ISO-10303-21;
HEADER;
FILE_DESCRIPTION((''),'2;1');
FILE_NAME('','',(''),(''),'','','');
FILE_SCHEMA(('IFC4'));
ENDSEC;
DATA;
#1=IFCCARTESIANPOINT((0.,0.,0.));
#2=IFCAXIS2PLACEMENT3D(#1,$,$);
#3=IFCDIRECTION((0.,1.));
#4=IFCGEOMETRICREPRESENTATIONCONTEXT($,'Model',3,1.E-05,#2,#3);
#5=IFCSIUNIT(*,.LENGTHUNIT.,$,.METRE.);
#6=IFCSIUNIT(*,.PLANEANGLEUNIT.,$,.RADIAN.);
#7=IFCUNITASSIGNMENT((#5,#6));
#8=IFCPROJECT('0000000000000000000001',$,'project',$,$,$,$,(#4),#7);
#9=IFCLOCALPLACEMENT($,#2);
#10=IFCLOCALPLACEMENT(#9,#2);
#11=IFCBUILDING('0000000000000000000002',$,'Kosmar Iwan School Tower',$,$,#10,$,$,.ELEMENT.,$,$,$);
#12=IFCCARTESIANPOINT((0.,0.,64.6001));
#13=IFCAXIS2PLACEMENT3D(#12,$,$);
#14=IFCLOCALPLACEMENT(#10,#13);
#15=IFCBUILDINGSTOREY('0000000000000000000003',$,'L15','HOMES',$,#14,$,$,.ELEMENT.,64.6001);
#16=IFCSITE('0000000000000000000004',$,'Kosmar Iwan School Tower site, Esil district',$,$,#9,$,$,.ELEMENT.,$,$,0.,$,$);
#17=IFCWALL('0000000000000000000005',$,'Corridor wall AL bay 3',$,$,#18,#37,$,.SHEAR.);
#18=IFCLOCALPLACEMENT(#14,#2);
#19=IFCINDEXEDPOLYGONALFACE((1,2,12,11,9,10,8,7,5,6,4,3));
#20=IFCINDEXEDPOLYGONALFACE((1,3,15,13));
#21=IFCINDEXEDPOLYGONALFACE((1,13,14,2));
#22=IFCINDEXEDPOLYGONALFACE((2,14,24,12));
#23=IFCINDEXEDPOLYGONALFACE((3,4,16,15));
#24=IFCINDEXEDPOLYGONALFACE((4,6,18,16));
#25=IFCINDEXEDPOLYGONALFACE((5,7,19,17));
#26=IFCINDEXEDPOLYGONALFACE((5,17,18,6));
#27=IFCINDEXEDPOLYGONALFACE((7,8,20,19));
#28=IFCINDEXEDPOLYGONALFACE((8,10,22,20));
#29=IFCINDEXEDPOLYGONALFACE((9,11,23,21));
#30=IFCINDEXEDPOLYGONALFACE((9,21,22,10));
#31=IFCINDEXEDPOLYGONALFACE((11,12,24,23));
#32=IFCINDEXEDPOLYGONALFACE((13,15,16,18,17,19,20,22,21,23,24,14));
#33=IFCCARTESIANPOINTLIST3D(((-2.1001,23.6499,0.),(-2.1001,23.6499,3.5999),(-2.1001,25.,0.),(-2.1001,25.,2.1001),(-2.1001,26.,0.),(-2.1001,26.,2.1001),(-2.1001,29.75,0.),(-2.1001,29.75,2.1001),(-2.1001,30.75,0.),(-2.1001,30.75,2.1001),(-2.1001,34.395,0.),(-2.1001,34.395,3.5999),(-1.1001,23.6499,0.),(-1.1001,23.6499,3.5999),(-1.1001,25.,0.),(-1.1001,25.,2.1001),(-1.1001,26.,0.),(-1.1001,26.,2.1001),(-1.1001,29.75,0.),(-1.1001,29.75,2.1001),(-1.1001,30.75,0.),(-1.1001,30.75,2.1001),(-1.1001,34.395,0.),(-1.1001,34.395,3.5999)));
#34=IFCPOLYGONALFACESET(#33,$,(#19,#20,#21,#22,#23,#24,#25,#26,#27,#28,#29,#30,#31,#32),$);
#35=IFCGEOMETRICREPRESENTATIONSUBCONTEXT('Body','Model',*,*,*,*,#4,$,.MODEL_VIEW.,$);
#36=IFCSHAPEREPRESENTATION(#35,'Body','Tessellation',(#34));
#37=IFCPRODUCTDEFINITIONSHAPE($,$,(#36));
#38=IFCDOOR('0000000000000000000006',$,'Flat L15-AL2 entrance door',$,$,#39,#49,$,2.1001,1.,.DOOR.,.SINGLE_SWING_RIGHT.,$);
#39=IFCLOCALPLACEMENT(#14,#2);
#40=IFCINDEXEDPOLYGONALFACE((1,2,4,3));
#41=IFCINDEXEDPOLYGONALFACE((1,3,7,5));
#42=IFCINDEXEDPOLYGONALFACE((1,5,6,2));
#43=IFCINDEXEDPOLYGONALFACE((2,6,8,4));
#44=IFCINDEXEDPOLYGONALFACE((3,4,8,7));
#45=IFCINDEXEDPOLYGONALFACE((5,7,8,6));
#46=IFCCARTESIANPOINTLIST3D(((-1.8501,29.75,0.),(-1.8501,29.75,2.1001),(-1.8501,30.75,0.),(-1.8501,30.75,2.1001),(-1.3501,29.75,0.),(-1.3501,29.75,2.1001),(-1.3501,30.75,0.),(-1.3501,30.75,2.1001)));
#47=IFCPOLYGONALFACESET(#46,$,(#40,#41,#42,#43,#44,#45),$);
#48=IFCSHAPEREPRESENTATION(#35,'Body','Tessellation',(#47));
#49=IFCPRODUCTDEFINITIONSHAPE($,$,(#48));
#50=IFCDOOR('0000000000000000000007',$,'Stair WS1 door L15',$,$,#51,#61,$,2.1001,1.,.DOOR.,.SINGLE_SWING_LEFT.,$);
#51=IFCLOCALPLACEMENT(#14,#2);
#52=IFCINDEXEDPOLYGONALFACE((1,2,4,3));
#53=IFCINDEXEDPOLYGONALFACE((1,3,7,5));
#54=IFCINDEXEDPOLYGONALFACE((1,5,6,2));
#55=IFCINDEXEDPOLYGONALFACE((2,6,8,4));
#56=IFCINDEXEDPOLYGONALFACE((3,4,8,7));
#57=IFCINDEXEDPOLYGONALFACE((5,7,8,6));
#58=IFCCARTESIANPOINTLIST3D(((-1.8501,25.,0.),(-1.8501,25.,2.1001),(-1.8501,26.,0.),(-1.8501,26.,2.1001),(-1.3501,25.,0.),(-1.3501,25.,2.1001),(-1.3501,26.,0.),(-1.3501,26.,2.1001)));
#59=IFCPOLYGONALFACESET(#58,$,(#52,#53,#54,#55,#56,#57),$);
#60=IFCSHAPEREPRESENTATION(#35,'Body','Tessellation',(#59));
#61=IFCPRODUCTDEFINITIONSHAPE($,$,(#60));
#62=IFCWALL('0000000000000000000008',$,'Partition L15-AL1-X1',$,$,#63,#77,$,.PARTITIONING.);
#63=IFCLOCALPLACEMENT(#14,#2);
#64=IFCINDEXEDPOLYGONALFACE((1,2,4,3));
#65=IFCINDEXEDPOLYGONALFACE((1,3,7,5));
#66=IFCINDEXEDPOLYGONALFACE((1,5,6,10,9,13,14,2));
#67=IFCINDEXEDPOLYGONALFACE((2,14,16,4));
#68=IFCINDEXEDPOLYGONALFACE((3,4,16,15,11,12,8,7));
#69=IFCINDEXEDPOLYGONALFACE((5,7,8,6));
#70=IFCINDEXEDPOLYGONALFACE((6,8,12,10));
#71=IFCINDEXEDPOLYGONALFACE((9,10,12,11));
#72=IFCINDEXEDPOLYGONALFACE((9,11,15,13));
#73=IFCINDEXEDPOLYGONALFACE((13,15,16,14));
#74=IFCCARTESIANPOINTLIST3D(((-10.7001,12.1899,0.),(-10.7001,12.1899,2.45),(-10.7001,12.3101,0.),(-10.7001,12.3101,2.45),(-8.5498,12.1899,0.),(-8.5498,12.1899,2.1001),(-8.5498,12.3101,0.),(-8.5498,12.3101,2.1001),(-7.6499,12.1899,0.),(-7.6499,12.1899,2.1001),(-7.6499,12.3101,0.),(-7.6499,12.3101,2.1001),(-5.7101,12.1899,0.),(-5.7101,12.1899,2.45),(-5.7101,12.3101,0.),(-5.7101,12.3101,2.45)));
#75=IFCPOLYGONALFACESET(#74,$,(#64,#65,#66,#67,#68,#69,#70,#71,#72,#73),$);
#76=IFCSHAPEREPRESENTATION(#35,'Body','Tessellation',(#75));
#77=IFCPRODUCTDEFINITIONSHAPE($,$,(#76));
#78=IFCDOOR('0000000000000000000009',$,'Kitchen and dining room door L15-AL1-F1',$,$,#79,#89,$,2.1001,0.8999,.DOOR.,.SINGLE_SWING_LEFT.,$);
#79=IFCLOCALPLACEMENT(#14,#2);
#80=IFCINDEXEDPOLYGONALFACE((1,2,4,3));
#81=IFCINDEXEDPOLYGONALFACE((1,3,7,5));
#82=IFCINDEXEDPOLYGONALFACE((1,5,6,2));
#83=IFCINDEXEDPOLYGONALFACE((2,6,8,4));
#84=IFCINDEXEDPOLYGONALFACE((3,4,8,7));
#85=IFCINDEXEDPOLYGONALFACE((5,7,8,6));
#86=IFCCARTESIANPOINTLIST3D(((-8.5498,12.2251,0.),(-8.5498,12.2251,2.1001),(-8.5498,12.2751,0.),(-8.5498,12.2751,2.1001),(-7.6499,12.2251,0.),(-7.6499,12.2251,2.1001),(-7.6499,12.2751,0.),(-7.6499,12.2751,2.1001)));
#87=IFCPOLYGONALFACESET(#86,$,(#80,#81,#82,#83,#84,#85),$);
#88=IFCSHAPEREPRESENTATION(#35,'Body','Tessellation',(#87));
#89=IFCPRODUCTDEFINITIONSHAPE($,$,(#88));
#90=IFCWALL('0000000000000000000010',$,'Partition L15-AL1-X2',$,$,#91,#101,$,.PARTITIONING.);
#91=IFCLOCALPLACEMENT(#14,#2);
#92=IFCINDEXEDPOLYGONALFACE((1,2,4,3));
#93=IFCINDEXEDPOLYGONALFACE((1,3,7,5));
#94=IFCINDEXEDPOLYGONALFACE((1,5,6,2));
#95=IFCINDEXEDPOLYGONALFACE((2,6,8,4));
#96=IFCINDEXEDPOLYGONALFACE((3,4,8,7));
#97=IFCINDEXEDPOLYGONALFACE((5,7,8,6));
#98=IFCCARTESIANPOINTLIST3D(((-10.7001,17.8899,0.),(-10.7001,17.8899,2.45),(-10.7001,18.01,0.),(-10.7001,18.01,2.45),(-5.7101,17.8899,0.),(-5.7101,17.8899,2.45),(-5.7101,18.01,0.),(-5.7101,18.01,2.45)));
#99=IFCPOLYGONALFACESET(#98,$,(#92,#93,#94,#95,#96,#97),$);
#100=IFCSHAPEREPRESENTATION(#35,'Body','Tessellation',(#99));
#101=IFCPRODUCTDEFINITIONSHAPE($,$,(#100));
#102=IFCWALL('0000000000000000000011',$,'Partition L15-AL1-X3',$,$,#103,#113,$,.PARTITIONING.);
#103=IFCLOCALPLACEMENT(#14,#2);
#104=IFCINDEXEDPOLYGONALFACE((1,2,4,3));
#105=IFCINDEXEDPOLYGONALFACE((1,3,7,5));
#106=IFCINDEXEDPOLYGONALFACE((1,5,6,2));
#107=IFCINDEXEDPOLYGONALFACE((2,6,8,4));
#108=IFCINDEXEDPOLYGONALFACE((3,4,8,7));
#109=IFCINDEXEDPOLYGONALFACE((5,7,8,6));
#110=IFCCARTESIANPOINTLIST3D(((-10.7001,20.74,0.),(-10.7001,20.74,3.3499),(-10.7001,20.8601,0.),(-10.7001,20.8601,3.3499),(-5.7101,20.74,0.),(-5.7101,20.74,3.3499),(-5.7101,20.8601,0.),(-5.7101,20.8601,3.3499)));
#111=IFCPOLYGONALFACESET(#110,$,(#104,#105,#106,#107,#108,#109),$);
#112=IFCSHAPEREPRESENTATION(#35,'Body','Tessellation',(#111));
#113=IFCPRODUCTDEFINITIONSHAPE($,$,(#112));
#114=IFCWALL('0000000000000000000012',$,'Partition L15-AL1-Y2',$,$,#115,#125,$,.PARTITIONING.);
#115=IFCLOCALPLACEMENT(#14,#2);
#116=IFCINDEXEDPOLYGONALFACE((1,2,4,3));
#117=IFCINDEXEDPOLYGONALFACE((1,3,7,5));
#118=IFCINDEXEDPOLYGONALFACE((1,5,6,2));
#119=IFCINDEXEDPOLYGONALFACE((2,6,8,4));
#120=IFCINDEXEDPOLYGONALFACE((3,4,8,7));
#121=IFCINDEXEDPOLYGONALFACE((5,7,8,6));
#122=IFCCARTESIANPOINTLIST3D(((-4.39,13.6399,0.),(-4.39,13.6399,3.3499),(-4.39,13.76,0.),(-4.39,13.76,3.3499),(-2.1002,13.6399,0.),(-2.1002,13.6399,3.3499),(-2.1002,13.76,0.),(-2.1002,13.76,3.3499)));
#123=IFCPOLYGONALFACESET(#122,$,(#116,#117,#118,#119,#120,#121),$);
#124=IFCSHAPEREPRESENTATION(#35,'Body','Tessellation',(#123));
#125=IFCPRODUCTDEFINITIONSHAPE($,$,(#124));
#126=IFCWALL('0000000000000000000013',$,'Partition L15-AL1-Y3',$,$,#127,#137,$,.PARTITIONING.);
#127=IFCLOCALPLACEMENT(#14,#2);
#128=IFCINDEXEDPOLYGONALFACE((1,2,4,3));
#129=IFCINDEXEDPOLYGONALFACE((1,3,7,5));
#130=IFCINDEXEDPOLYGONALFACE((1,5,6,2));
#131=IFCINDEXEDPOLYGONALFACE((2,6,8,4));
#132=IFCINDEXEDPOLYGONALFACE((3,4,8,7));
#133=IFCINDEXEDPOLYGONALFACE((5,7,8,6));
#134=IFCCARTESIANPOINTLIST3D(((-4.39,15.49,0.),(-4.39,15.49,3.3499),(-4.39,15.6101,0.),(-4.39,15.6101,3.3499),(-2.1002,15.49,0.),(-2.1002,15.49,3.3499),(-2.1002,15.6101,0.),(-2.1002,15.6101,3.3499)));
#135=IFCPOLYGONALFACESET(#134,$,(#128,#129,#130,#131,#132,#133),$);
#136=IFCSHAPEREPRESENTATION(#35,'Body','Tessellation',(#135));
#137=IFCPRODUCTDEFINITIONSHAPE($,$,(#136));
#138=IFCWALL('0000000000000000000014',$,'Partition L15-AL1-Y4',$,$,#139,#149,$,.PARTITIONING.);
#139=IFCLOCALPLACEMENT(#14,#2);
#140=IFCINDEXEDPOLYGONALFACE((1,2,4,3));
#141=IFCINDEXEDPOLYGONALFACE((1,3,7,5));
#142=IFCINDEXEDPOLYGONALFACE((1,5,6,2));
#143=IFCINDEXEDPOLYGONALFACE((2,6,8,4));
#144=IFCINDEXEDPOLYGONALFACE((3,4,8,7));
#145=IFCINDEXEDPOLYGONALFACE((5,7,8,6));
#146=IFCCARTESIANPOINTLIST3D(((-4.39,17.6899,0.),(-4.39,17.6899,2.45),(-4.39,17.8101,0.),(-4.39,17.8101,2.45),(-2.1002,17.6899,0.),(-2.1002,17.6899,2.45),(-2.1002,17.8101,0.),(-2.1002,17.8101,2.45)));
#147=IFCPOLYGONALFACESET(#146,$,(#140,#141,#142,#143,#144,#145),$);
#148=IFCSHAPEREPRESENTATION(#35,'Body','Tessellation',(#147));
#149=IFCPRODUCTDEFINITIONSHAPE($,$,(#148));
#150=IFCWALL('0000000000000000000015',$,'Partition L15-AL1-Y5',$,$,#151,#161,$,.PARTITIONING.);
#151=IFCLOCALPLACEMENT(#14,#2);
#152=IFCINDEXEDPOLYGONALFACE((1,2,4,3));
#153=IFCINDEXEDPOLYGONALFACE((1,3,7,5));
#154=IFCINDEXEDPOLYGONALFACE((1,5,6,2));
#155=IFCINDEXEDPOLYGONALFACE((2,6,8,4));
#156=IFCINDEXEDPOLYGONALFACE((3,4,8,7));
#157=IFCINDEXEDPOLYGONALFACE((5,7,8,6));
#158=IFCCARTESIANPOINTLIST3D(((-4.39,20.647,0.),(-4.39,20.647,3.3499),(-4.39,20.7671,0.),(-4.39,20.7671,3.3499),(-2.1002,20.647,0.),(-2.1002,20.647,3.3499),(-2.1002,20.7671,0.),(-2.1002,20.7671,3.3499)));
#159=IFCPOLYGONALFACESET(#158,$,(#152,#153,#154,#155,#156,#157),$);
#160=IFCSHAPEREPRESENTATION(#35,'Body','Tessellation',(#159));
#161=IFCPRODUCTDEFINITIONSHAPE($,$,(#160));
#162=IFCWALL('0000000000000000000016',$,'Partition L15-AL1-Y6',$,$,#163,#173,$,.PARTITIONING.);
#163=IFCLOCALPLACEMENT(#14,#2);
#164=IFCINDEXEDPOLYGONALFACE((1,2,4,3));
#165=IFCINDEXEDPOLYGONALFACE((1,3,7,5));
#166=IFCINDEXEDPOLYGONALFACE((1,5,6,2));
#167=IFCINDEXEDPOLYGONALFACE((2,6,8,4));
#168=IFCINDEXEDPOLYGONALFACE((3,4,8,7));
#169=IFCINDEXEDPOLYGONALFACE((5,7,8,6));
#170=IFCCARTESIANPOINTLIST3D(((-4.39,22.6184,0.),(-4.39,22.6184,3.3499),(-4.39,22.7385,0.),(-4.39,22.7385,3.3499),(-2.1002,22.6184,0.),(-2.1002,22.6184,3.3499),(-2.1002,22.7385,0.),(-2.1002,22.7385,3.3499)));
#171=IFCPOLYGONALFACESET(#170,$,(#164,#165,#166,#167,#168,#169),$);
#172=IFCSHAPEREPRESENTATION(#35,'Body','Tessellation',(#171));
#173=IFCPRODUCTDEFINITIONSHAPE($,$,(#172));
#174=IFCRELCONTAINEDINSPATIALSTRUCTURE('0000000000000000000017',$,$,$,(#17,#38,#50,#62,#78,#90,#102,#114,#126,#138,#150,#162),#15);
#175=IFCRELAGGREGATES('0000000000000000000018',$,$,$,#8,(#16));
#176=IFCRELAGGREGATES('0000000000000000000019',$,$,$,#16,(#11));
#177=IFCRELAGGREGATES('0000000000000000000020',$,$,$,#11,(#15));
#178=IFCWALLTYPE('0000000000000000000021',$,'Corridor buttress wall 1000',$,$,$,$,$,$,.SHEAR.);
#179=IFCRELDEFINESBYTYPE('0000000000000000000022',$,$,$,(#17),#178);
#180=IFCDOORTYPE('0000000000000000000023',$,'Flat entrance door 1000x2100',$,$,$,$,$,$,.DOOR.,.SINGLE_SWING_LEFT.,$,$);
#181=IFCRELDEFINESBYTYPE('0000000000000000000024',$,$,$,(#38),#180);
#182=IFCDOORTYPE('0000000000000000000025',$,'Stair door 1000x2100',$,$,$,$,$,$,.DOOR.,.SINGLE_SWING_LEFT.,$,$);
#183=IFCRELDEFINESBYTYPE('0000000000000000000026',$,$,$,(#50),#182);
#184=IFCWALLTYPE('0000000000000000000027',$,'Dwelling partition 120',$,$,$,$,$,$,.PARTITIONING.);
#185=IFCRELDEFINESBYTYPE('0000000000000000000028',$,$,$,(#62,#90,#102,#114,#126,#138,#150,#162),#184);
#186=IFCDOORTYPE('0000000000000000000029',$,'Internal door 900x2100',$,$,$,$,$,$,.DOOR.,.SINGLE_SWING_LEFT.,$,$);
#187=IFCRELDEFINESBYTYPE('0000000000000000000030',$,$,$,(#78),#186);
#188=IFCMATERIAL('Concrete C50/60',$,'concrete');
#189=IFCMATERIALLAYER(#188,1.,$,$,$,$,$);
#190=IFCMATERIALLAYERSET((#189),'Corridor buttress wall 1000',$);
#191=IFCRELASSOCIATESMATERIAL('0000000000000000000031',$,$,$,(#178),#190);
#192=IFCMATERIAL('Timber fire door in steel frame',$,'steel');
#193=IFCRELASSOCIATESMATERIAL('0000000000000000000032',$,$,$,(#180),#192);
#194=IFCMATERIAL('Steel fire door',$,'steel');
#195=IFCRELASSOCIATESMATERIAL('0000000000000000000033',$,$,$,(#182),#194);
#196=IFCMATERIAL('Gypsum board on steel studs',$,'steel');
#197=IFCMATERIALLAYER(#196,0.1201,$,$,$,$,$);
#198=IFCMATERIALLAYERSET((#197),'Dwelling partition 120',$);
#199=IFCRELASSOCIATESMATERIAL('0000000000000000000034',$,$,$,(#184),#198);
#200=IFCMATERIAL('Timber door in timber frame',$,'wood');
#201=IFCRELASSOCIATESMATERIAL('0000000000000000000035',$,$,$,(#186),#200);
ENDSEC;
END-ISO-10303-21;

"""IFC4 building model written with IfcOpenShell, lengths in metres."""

from ifc_helpers import new_model, si_unit, direction, frame, frame_2d, origin, place, context, subcontext, project, spatial, rectangle, extrude, material, layer, layer_set, type_object, element, fill, save


model = new_model("IFC4")

# Units and contexts
model_context = context("Model", 3, precision=1e-05, world=origin(), true_north=direction((0.0, 1.0)))
body_context = subcontext(model_context, "Body", "Model", "MODEL_VIEW")
ifc_project = project(units=[si_unit("LENGTHUNIT", "METRE"), si_unit("PLANEANGLEUNIT", "RADIAN")], contexts=[model_context])

# Site, building, storey
site_placement = place(None, origin())
site = spatial("IfcSite", under=ifc_project, at=site_placement, Name="Kosmar Iwan School Tower site, Esil district", CompositionType="ELEMENT", RefElevation=0.0)
building_placement = place(site_placement, origin())
building = spatial("IfcBuilding", under=site, at=building_placement, Name="Kosmar Iwan School Tower", CompositionType="ELEMENT")
storey_placement = place(building_placement, frame((0.0, 0.0, 64.6001)))
storey = spatial("IfcBuildingStorey", under=building, at=storey_placement, Name="L15", Description="HOMES", CompositionType="ELEMENT", Elevation=64.6001)

# Shared definitions
ifc_material_1 = material(Name="Concrete C50/60", Category="concrete")
ifc_layer_1 = layer(ifc_material_1, 1.0)
ifc_layer_set_1 = layer_set([ifc_layer_1], Name="Corridor buttress wall 1000")
wall_type_1 = type_object("IfcWallType", Name="Corridor buttress wall 1000", PredefinedType="SHEAR", material=ifc_layer_set_1)

# Wall, openings, doors
wall_1_placement = place(storey_placement, frame((-1.6001, 23.6499, 0.0), z_axis=(0.0, 0.0, 1.0), x_axis=(0.0, 1.0, 0.0)))
wall_1 = element("IfcWall", 1, at=wall_1_placement, inside=storey, type_object=wall_type_1, Name="Corridor wall AL bay 3", PredefinedType="SHEAR", context=body_context, shape_type="SweptSolid", body=[
    extrude(rectangle(XDim=10.7451, YDim=1.0, at=frame_2d((5.3726, 0.0))), origin(), (0.0, 0.0, 1.0), 3.5999),
])
opening_1_placement = place(wall_1_placement, frame((6.1001, 0.0, 0.0)))
opening_1 = element("IfcOpeningElement", 2, at=opening_1_placement, cuts=wall_1, PredefinedType="OPENING", context=body_context, shape_type="SweptSolid", body=[
    extrude(rectangle(XDim=1.0, YDim=2.1001, at=frame_2d((0.5, 1.05))), frame((0.0, 0.512, 0.0), z_axis=(0.0, -1.0, 0.0), x_axis=(1.0, 0.0, 0.0)), (0.0, 0.0, 1.0), 1.0239),
])
opening_2_placement = place(wall_1_placement, frame((1.3501, 0.0, 0.0)))
opening_2 = element("IfcOpeningElement", 3, at=opening_2_placement, cuts=wall_1, PredefinedType="OPENING", context=body_context, shape_type="SweptSolid", body=[
    extrude(rectangle(XDim=1.0, YDim=2.1001, at=frame_2d((0.5, 1.05))), frame((0.0, 0.512, 0.0), z_axis=(0.0, -1.0, 0.0), x_axis=(1.0, 0.0, 0.0)), (0.0, 0.0, 1.0), 1.0239),
])
ifc_material_2 = material(Name="Timber fire door in steel frame", Category="steel")
door_type_1 = type_object("IfcDoorType", Name="Flat entrance door 1000x2100", OperationType="SINGLE_SWING_LEFT", PredefinedType="DOOR", material=ifc_material_2)
door_1_placement = place(opening_1_placement, origin())
door_1 = element("IfcDoor", 4, at=door_1_placement, inside=storey, type_object=door_type_1, Name="Flat L15-AL2 entrance door", OperationType="SINGLE_SWING_RIGHT", OverallHeight=2.1001, OverallWidth=1.0, PredefinedType="DOOR", context=body_context, shape_type="SweptSolid", body=[
    extrude(rectangle(XDim=1.0, YDim=2.1001, at=frame_2d((0.5, 1.05))), frame((0.0, 0.25, 0.0), z_axis=(0.0, -1.0, 0.0), x_axis=(1.0, 0.0, 0.0)), (0.0, 0.0, 1.0), 0.5),
])
fill(opening_1, door_1)
ifc_material_3 = material(Name="Steel fire door", Category="steel")
door_type_2 = type_object("IfcDoorType", Name="Stair door 1000x2100", OperationType="SINGLE_SWING_LEFT", PredefinedType="DOOR", material=ifc_material_3)
door_2_placement = place(opening_2_placement, origin())
door_2 = element("IfcDoor", 5, at=door_2_placement, inside=storey, type_object=door_type_2, Name="Stair WS1 door L15", OperationType="SINGLE_SWING_LEFT", OverallHeight=2.1001, OverallWidth=1.0, PredefinedType="DOOR", context=body_context, shape_type="SweptSolid", body=[
    extrude(rectangle(XDim=1.0, YDim=2.1001, at=frame_2d((0.5, 1.05))), frame((0.0, 0.25, 0.0), z_axis=(0.0, -1.0, 0.0), x_axis=(1.0, 0.0, 0.0)), (0.0, 0.0, 1.0), 0.5),
])
fill(opening_2, door_2)

# Wall, opening, door
ifc_material_4 = material(Name="Gypsum board on steel studs", Category="steel")
ifc_layer_2 = layer(ifc_material_4, 0.1201)
ifc_layer_set_2 = layer_set([ifc_layer_2], Name="Dwelling partition 120")
wall_type_2 = type_object("IfcWallType", Name="Dwelling partition 120", PredefinedType="PARTITIONING", material=ifc_layer_set_2)
wall_2_placement = place(storey_placement, frame((-5.71, 12.25, 0.0), z_axis=(0.0, 0.0, 1.0), x_axis=(-1.0, 0.0, 0.0)))
wall_2 = element("IfcWall", 6, at=wall_2_placement, inside=storey, type_object=wall_type_2, Name="Partition L15-AL1-X1", PredefinedType="PARTITIONING", context=body_context, shape_type="SweptSolid", body=[
    extrude(rectangle(XDim=4.99, YDim=0.1201, at=frame_2d((2.4951, 0.0))), origin(), (0.0, 0.0, 1.0), 2.45),
])
opening_3_placement = place(wall_2_placement, frame((1.9399, 0.0, 0.0)))
opening_3 = element("IfcOpeningElement", 7, at=opening_3_placement, cuts=wall_2, PredefinedType="OPENING", context=body_context, shape_type="SweptSolid", body=[
    extrude(rectangle(XDim=0.8999, YDim=2.1001, at=frame_2d((0.45, 1.05))), frame((0.0, 0.072, 0.0), z_axis=(0.0, -1.0, 0.0), x_axis=(1.0, 0.0, 0.0)), (0.0, 0.0, 1.0), 0.144),
])
ifc_material_5 = material(Name="Timber door in timber frame", Category="wood")
door_type_3 = type_object("IfcDoorType", Name="Internal door 900x2100", OperationType="SINGLE_SWING_LEFT", PredefinedType="DOOR", material=ifc_material_5)
door_3_placement = place(opening_3_placement, origin())
door_3 = element("IfcDoor", 8, at=door_3_placement, inside=storey, type_object=door_type_3, Name="Kitchen and dining room door L15-AL1-F1", OperationType="SINGLE_SWING_LEFT", OverallHeight=2.1001, OverallWidth=0.8999, PredefinedType="DOOR", context=body_context, shape_type="SweptSolid", body=[
    extrude(rectangle(XDim=0.8999, YDim=2.1001, at=frame_2d((0.45, 1.05))), frame((0.0, 0.0249, 0.0), z_axis=(0.0, -1.0, 0.0), x_axis=(1.0, 0.0, 0.0)), (0.0, 0.0, 1.0), 0.05),
])
fill(opening_3, door_3)

# Walls
wall_3_placement = place(storey_placement, frame((-5.71, 17.95, 0.0), z_axis=(0.0, 0.0, 1.0), x_axis=(-1.0, 0.0, 0.0)))
element("IfcWall", 9, at=wall_3_placement, inside=storey, type_object=wall_type_2, Name="Partition L15-AL1-X2", PredefinedType="PARTITIONING", context=body_context, shape_type="SweptSolid", body=[
    extrude(rectangle(XDim=4.99, YDim=0.1201, at=frame_2d((2.4951, 0.0))), origin(), (0.0, 0.0, 1.0), 2.45),
])
wall_4_placement = place(storey_placement, frame((-5.71, 20.8, 0.0), z_axis=(0.0, 0.0, 1.0), x_axis=(-1.0, 0.0, 0.0)))
element("IfcWall", 10, at=wall_4_placement, inside=storey, type_object=wall_type_2, Name="Partition L15-AL1-X3", PredefinedType="PARTITIONING", context=body_context, shape_type="SweptSolid", body=[
    extrude(rectangle(XDim=4.99, YDim=0.1201, at=frame_2d((2.4951, 0.0))), origin(), (0.0, 0.0, 1.0), 3.3499),
])
for number, where, z_axis, x_axis, name in (
    (11, (-2.1001, 13.7, 0.0), (0.0, 0.0, 1.0), (-1.0, 0.0, 0.0), "Partition L15-AL1-Y2"),
    (12, (-2.1001, 15.55, 0.0), (0.0, 0.0, 1.0), (-1.0, 0.0, 0.0), "Partition L15-AL1-Y3"),
):
    element("IfcWall", number, at=place(storey_placement, frame(where, z_axis=z_axis, x_axis=x_axis)), inside=storey, type_object=wall_type_2, Name=name, PredefinedType="PARTITIONING", context=body_context, shape_type="SweptSolid", body=[
        extrude(rectangle(XDim=2.2898, YDim=0.1201, at=frame_2d((1.145, 0.0))), origin(), (0.0, 0.0, 1.0), 3.3499),
    ])
wall_5_placement = place(storey_placement, frame((-2.1001, 17.75, 0.0), z_axis=(0.0, 0.0, 1.0), x_axis=(-1.0, 0.0, 0.0)))
element("IfcWall", 13, at=wall_5_placement, inside=storey, type_object=wall_type_2, Name="Partition L15-AL1-Y4", PredefinedType="PARTITIONING", context=body_context, shape_type="SweptSolid", body=[
    extrude(rectangle(XDim=2.2898, YDim=0.1201, at=frame_2d((1.145, 0.0))), origin(), (0.0, 0.0, 1.0), 2.45),
])
for number, where, z_axis, x_axis, name in (
    (14, (-2.1001, 20.707, 0.0), (0.0, 0.0, 1.0), (-1.0, 0.0, 0.0), "Partition L15-AL1-Y5"),
    (15, (-2.1001, 22.6785, 0.0), (0.0, 0.0, 1.0), (-1.0, 0.0, 0.0), "Partition L15-AL1-Y6"),
):
    element("IfcWall", number, at=place(storey_placement, frame(where, z_axis=z_axis, x_axis=x_axis)), inside=storey, type_object=wall_type_2, Name=name, PredefinedType="PARTITIONING", context=body_context, shape_type="SweptSolid", body=[
        extrude(rectangle(XDim=2.2898, YDim=0.1201, at=frame_2d((1.145, 0.0))), origin(), (0.0, 0.0, 1.0), 3.3499),
    ])

save(model, "model.ifc")
